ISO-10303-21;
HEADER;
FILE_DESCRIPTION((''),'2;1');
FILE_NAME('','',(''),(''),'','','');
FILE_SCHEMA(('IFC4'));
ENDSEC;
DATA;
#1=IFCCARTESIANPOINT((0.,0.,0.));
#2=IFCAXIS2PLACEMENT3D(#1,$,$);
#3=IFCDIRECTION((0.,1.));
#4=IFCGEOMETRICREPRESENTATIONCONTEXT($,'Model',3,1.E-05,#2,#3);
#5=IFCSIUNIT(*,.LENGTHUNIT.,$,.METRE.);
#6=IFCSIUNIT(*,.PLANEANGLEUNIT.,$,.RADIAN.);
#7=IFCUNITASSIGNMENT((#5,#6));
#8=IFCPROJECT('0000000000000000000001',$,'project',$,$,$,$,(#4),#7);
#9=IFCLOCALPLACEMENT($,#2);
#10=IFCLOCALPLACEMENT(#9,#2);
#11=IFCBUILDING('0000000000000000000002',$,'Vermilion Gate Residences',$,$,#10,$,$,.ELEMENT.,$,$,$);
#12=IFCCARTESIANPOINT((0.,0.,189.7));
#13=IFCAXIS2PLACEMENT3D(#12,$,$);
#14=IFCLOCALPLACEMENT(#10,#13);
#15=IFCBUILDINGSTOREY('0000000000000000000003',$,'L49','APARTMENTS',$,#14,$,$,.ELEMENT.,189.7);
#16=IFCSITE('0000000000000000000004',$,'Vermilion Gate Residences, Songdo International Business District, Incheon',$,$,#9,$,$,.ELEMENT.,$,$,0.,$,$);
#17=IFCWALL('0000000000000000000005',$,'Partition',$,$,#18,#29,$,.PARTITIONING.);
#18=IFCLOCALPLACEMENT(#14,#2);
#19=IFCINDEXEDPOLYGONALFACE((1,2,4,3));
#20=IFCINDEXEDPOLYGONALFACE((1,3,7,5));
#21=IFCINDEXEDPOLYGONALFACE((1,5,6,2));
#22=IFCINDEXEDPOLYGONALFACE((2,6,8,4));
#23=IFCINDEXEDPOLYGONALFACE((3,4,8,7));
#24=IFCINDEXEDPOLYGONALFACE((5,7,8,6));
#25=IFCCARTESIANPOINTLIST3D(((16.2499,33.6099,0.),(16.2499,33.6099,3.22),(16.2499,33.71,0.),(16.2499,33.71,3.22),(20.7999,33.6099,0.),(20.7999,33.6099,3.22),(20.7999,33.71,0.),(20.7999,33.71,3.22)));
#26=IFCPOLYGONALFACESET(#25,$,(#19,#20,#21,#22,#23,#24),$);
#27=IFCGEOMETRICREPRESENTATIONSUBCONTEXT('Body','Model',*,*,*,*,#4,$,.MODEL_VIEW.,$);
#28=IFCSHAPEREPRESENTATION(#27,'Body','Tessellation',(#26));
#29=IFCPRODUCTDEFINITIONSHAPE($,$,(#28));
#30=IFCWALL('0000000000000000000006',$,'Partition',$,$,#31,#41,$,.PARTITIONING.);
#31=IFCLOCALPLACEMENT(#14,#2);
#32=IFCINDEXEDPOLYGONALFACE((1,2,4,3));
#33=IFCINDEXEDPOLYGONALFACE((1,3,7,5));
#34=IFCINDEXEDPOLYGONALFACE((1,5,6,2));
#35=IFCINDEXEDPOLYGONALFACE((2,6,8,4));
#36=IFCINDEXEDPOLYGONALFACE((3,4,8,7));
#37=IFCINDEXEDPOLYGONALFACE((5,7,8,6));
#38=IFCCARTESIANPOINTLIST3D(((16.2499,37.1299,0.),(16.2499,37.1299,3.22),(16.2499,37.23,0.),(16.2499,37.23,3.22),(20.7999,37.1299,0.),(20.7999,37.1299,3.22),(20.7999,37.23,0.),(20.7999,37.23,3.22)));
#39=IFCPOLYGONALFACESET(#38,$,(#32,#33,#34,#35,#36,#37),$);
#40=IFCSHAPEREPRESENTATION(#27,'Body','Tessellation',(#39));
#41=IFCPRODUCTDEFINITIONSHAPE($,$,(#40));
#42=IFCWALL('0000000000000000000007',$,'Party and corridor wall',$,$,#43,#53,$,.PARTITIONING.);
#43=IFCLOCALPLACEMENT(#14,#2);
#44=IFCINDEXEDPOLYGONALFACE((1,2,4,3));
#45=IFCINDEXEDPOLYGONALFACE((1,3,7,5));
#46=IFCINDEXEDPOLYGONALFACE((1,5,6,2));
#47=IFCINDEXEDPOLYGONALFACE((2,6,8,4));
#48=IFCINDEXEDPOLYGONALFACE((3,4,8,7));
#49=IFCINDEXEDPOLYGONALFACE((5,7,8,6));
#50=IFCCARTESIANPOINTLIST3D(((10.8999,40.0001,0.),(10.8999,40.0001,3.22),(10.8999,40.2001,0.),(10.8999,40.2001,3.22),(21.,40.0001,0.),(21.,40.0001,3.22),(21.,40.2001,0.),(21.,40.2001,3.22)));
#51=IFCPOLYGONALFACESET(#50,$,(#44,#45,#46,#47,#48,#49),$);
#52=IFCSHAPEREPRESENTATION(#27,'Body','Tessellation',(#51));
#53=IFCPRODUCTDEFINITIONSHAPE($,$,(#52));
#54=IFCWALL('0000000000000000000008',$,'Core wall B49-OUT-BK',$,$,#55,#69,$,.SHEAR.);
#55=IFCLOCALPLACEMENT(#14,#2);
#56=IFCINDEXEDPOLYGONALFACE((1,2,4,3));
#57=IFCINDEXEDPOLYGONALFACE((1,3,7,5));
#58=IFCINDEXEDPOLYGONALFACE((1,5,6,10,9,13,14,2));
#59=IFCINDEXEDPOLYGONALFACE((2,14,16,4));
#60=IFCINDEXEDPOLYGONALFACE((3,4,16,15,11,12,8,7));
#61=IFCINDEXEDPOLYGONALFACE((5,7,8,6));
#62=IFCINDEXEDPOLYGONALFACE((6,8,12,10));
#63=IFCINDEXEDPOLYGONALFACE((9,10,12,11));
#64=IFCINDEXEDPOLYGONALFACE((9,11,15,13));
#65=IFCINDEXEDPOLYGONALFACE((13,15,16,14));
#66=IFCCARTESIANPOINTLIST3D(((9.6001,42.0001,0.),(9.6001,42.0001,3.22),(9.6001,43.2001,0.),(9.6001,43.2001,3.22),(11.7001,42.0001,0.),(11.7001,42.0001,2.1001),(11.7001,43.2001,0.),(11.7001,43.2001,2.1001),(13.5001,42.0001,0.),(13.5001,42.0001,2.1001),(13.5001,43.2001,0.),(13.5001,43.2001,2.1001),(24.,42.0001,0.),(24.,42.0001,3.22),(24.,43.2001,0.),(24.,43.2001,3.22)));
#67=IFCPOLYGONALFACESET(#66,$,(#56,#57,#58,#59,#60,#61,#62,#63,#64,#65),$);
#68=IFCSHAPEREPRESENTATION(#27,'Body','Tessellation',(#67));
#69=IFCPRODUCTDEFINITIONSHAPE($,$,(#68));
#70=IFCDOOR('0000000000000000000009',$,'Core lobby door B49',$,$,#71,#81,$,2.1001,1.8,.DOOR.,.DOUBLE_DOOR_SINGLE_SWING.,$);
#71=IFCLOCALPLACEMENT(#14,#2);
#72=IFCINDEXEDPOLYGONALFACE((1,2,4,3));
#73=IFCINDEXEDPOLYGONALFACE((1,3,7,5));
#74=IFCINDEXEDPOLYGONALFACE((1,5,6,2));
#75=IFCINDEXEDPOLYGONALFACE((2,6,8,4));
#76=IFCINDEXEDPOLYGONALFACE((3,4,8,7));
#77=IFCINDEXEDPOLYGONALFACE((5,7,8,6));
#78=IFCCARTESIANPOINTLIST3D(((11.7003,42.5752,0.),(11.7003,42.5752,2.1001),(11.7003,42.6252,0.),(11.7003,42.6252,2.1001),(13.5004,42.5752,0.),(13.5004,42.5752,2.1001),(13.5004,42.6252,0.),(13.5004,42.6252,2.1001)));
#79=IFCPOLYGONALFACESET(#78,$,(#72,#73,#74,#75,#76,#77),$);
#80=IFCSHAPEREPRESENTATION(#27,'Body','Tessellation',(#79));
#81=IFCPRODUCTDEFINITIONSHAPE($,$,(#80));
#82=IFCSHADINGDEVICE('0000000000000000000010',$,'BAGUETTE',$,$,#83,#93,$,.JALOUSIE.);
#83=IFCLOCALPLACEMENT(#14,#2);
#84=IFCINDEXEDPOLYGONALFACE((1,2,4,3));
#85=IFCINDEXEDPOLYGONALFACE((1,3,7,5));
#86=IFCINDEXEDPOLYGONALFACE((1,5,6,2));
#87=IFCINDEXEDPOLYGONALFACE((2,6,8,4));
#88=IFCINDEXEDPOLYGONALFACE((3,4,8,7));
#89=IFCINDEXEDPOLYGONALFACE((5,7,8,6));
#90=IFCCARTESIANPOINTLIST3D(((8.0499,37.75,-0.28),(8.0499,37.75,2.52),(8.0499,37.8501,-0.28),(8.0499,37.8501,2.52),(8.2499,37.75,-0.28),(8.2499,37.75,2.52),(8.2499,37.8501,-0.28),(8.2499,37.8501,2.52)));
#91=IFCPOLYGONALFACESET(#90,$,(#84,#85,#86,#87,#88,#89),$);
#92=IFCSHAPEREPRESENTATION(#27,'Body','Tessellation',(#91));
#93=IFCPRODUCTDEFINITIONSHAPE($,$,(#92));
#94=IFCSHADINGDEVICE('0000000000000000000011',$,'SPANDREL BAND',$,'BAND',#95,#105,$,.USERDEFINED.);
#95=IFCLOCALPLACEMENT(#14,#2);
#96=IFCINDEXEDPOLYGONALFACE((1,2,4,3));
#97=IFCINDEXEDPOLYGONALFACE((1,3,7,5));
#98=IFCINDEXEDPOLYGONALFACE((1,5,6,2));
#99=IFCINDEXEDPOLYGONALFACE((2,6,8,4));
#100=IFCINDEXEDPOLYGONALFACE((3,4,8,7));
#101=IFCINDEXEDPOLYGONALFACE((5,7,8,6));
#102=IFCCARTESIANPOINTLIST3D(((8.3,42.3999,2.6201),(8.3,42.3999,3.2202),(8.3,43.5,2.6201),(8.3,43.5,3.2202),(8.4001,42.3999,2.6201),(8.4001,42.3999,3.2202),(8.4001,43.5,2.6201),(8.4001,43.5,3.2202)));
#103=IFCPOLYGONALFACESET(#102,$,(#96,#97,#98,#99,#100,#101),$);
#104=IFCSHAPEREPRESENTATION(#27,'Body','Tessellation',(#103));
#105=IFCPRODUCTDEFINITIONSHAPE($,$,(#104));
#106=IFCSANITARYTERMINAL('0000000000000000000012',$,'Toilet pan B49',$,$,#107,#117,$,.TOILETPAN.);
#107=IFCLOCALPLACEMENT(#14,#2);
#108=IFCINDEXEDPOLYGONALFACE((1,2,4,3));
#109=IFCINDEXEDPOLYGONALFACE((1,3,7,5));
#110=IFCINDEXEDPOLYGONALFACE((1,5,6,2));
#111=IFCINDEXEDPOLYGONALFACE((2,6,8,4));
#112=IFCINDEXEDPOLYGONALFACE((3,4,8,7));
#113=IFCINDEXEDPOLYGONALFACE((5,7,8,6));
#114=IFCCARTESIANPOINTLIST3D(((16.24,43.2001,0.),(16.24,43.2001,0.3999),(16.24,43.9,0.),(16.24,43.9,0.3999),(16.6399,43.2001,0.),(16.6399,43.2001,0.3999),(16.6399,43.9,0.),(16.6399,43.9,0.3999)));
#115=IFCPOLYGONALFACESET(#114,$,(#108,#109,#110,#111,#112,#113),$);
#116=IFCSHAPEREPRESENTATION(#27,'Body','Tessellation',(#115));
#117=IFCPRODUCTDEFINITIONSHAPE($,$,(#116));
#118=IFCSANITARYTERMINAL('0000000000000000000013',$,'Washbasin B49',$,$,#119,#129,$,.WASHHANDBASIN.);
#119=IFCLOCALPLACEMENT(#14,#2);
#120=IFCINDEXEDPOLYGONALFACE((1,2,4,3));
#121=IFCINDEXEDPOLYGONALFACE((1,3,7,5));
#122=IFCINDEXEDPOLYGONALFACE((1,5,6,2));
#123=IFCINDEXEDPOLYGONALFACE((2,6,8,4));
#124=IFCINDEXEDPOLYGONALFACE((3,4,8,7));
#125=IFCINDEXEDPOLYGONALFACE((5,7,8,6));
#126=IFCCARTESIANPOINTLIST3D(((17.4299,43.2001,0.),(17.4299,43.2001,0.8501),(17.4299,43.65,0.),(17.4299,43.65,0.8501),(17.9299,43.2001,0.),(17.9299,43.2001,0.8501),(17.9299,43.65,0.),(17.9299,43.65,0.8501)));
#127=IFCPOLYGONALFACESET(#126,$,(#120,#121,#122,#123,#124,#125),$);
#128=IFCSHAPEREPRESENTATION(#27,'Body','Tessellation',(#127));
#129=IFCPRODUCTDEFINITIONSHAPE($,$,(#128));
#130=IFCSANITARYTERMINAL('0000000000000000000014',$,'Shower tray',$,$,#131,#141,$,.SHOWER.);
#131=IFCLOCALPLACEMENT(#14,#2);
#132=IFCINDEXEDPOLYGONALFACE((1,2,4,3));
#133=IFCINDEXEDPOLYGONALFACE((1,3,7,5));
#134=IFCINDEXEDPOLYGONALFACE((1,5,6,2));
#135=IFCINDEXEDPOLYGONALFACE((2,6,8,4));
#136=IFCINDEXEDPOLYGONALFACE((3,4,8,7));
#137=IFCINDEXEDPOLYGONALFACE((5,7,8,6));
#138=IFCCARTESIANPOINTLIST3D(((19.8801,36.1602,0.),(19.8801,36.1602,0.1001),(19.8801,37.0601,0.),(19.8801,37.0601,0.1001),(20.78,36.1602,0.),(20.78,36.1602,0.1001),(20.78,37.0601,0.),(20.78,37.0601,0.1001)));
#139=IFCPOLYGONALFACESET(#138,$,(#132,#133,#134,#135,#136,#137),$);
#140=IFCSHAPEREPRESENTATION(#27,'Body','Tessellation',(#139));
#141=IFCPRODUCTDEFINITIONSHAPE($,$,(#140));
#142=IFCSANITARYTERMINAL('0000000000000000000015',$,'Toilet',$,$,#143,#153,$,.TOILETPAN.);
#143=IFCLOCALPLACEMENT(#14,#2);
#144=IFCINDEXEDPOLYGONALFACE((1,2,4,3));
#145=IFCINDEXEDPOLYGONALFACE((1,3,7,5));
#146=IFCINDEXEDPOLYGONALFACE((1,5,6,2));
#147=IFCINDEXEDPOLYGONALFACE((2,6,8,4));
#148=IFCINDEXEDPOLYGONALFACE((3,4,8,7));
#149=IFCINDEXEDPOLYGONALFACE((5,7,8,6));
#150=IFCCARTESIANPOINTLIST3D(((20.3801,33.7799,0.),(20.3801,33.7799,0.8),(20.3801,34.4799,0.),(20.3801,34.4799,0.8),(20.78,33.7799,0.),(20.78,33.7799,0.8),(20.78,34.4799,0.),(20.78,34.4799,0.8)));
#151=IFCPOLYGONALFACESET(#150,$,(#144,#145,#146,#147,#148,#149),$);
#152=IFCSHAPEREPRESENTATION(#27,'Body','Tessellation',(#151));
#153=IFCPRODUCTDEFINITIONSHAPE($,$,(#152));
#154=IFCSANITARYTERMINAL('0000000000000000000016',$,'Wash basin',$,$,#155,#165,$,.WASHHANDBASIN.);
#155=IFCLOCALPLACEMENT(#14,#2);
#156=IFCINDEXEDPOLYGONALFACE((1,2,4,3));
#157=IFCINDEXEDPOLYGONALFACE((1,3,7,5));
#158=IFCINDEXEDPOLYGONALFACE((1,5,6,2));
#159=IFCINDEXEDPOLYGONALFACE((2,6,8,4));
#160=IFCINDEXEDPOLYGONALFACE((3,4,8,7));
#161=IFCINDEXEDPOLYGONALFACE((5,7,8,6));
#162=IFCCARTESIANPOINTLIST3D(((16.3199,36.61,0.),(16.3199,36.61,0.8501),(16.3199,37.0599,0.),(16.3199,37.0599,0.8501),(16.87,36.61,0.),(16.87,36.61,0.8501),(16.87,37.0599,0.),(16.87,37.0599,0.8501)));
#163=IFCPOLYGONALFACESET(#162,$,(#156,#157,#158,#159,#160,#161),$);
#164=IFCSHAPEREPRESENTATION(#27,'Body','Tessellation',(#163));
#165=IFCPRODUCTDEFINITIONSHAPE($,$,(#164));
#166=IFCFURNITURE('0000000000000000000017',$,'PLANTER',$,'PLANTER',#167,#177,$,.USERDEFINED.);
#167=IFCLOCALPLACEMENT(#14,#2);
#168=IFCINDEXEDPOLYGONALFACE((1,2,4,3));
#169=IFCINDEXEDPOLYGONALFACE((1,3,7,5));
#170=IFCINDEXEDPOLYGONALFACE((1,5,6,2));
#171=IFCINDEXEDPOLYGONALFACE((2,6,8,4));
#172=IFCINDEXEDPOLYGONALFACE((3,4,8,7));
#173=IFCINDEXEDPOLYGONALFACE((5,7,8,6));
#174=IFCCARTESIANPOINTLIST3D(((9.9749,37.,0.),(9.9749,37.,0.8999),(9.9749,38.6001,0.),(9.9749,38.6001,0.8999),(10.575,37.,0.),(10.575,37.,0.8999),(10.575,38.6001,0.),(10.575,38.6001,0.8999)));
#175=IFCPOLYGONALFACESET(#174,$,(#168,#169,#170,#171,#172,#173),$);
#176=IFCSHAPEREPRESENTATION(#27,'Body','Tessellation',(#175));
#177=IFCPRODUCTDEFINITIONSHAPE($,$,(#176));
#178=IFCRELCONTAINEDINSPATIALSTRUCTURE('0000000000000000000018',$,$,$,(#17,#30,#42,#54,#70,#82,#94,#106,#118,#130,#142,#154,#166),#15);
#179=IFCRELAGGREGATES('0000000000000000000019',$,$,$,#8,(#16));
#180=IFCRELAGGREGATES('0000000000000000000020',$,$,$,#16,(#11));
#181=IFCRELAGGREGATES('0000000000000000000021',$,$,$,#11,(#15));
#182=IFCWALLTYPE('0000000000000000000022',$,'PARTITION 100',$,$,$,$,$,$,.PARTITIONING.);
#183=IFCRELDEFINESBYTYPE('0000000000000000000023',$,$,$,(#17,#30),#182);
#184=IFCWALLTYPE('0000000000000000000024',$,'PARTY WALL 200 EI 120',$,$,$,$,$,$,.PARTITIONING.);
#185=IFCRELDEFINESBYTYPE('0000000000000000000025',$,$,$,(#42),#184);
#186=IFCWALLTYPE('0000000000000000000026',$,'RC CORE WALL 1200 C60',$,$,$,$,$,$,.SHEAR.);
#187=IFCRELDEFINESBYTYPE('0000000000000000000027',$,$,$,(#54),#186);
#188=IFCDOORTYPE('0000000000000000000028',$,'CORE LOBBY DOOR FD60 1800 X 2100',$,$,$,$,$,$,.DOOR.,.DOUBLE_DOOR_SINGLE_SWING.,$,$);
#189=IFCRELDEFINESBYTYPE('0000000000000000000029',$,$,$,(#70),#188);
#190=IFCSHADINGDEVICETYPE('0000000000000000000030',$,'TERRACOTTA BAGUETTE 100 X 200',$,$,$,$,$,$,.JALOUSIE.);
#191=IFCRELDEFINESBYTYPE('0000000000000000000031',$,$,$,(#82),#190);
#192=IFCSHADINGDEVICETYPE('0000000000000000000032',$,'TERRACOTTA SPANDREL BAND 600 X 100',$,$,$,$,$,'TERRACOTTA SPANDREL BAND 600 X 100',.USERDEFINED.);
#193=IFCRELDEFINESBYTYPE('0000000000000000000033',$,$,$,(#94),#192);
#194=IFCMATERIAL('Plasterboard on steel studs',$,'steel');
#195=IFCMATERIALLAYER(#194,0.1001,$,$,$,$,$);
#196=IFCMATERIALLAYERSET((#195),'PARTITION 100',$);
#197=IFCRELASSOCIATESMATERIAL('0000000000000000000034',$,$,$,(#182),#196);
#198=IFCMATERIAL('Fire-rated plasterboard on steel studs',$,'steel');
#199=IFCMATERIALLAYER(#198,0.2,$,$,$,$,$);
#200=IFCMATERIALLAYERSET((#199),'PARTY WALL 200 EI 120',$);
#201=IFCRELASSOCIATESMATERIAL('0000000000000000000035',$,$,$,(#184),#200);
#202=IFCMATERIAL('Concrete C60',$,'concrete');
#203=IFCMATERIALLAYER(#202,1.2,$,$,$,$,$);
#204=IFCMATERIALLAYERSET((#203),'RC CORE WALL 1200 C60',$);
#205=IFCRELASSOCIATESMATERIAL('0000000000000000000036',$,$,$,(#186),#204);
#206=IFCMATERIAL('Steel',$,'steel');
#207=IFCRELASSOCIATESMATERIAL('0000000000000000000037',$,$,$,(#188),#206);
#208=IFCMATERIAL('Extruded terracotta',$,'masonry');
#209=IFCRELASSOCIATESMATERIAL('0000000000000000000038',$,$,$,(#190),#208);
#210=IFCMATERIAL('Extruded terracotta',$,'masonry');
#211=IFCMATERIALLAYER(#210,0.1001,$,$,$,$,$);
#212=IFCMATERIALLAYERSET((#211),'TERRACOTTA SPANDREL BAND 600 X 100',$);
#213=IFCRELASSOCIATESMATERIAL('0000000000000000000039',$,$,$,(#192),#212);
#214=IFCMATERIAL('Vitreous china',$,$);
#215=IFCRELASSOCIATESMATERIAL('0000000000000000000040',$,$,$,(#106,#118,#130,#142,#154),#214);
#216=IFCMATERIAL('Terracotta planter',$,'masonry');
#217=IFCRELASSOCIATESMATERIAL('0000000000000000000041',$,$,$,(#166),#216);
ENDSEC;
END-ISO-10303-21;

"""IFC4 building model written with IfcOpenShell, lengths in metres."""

from ifc_helpers import new_model, si_unit, direction, frame, frame_2d, origin, origin_2d, place, context, subcontext, project, spatial, rectangle, extrude, material, layer, layer_set, material_profile, profile_set, type_object, element, fill, save


model = new_model("IFC4")

# Units and contexts
model_context = context("Model", 3, precision=1e-05, world=origin(), true_north=direction((0.0, 1.0)))
body_context = subcontext(model_context, "Body", "Model", "MODEL_VIEW")
ifc_project = project(units=[si_unit("LENGTHUNIT", "METRE"), si_unit("PLANEANGLEUNIT", "RADIAN")], contexts=[model_context])

# Site, building, storey
site_placement = place(None, origin())
site = spatial("IfcSite", under=ifc_project, at=site_placement, Name="Vermilion Gate Residences, Songdo International Business District, Incheon", CompositionType="ELEMENT", RefElevation=0.0)
building_placement = place(site_placement, origin())
building = spatial("IfcBuilding", under=site, at=building_placement, Name="Vermilion Gate Residences", CompositionType="ELEMENT")
storey_placement = place(building_placement, frame((0.0, 0.0, 189.7)))
storey = spatial("IfcBuildingStorey", under=building, at=storey_placement, Name="L49", Description="APARTMENTS", CompositionType="ELEMENT", Elevation=189.7)

# Walls
ifc_material_1 = material(Name="Plasterboard on steel studs", Category="steel")
ifc_layer_1 = layer(ifc_material_1, 0.1001)
ifc_layer_set_1 = layer_set([ifc_layer_1], Name="PARTITION 100")
wall_type_1 = type_object("IfcWallType", Name="PARTITION 100", PredefinedType="PARTITIONING", material=ifc_layer_set_1)
for number, where, z_axis, x_axis, name in (
    (1, (16.25, 33.6599, 0.0), (0.0, 0.0, 1.0), (1.0, 0.0, 0.0), "Partition"),
    (2, (16.25, 37.1799, 0.0), (0.0, 0.0, 1.0), (1.0, 0.0, 0.0), "Partition"),
):
    element("IfcWall", number, at=place(storey_placement, frame(where, z_axis=z_axis, x_axis=x_axis)), inside=storey, type_object=wall_type_1, Name=name, PredefinedType="PARTITIONING", context=body_context, shape_type="SweptSolid", body=[
        extrude(rectangle(XDim=4.55, YDim=0.1001, at=frame_2d((2.2749, 0.0))), origin(), (0.0, 0.0, 1.0), 3.22),
    ])
ifc_material_2 = material(Name="Fire-rated plasterboard on steel studs", Category="steel")
ifc_layer_2 = layer(ifc_material_2, 0.2)
ifc_layer_set_2 = layer_set([ifc_layer_2], Name="PARTY WALL 200 EI 120")
wall_type_2 = type_object("IfcWallType", Name="PARTY WALL 200 EI 120", PredefinedType="PARTITIONING", material=ifc_layer_set_2)
wall_1_placement = place(storey_placement, frame((10.8999, 40.1001, 0.0), z_axis=(0.0, 0.0, 1.0), x_axis=(1.0, 0.0, 0.0)))
element("IfcWall", 3, at=wall_1_placement, inside=storey, type_object=wall_type_2, Name="Party and corridor wall", PredefinedType="PARTITIONING", context=body_context, shape_type="SweptSolid", body=[
    extrude(rectangle(XDim=10.1001, YDim=0.2, at=frame_2d((5.05, 0.0))), origin(), (0.0, 0.0, 1.0), 3.22),
])

# Wall, opening, door
ifc_material_3 = material(Name="Concrete C60", Category="concrete")
ifc_layer_3 = layer(ifc_material_3, 1.2)
ifc_layer_set_3 = layer_set([ifc_layer_3], Name="RC CORE WALL 1200 C60")
wall_type_3 = type_object("IfcWallType", Name="RC CORE WALL 1200 C60", PredefinedType="SHEAR", material=ifc_layer_set_3)
wall_2_placement = place(storey_placement, frame((9.6001, 42.6001, 0.0), z_axis=(0.0, 0.0, 1.0), x_axis=(1.0, 0.0, 0.0)))
wall_2 = element("IfcWall", 4, at=wall_2_placement, inside=storey, type_object=wall_type_3, Name="Core wall B49-OUT-BK", PredefinedType="SHEAR", context=body_context, shape_type="SweptSolid", body=[
    extrude(rectangle(XDim=14.3999, YDim=1.2, at=frame_2d((7.2, 0.0))), origin(), (0.0, 0.0, 1.0), 3.22),
])
opening_1_placement = place(wall_2_placement, frame((2.1001, 0.0, 0.0)))
opening_1 = element("IfcOpeningElement", 5, at=opening_1_placement, cuts=wall_2, PredefinedType="OPENING", context=body_context, shape_type="SweptSolid", body=[
    extrude(rectangle(XDim=1.8, YDim=2.1001, at=frame_2d((0.8999, 1.05))), frame((0.0, 0.6099, 0.0), z_axis=(0.0, -1.0, 0.0), x_axis=(1.0, 0.0, 0.0)), (0.0, 0.0, 1.0), 1.22),
])
ifc_material_4 = material(Name="Steel", Category="steel")
door_type_1 = type_object("IfcDoorType", Name="CORE LOBBY DOOR FD60 1800 X 2100", OperationType="DOUBLE_DOOR_SINGLE_SWING", PredefinedType="DOOR", material=ifc_material_4)
door_1_placement = place(opening_1_placement, frame((1.8, 0.0, 0.0), z_axis=(0.0, 0.0, 1.0), x_axis=(-1.0, 0.0, 0.0)))
door_1 = element("IfcDoor", 6, at=door_1_placement, inside=storey, type_object=door_type_1, Name="Core lobby door B49", OperationType="DOUBLE_DOOR_SINGLE_SWING", OverallHeight=2.1001, OverallWidth=1.8, PredefinedType="DOOR", context=body_context, shape_type="SweptSolid", body=[
    extrude(rectangle(XDim=1.8, YDim=2.1001, at=frame_2d((0.8999, 1.05))), frame((0.0, 0.0249, 0.0), z_axis=(0.0, -1.0, 0.0), x_axis=(1.0, 0.0, 0.0)), (0.0, 0.0, 1.0), 0.05),
])
fill(opening_1, door_1)

# Shading devices
ifc_material_5 = material(Name="Extruded terracotta", Category="masonry")
ifc_material_profile_1 = material_profile(ifc_material_5, rectangle(XDim=0.2, YDim=0.1001, at=origin_2d()), Name="BAGUETTE 100 X 200")
ifc_profile_set_1 = profile_set([ifc_material_profile_1], Name="Extruded terracotta")
shading_device_type_1 = type_object("IfcShadingDeviceType", Name="TERRACOTTA BAGUETTE 100 X 200", PredefinedType="JALOUSIE", material=ifc_profile_set_1)
shading_device_1_placement = place(storey_placement, frame((8.1499, 37.8, -0.28), z_axis=(0.0, 0.0, 1.0), x_axis=(1.0, 0.0, 0.0)))
element("IfcShadingDevice", 7, at=shading_device_1_placement, inside=storey, type_object=shading_device_type_1, Name="BAGUETTE", PredefinedType="JALOUSIE", context=body_context, shape_type="SweptSolid", body=[
    extrude(rectangle(XDim=0.2, YDim=0.1001, at=origin_2d()), origin(), (0.0, 0.0, 1.0), 2.8),
])
ifc_material_6 = material(Name="Extruded terracotta", Category="masonry")
ifc_layer_4 = layer(ifc_material_6, 0.1001)
ifc_layer_set_4 = layer_set([ifc_layer_4], Name="TERRACOTTA SPANDREL BAND 600 X 100")
shading_device_type_2 = type_object("IfcShadingDeviceType", Name="TERRACOTTA SPANDREL BAND 600 X 100", ElementType="TERRACOTTA SPANDREL BAND 600 X 100", PredefinedType="USERDEFINED", material=ifc_layer_set_4)
shading_device_2_placement = place(storey_placement, frame((8.3501, 42.95, 2.6201), z_axis=(0.0, 0.0, 1.0), x_axis=(0.0, 1.0, 0.0)))
element("IfcShadingDevice", 8, at=shading_device_2_placement, inside=storey, type_object=shading_device_type_2, Name="SPANDREL BAND", ObjectType="BAND", PredefinedType="USERDEFINED", context=body_context, shape_type="SweptSolid", body=[
    extrude(rectangle(XDim=1.1001, YDim=0.1001, at=origin_2d()), origin(), (0.0, 0.0, 1.0), 0.6001),
])

# Sanitary terminals
ifc_material_7 = material(Name="Vitreous china")
sanitary_terminal_1_placement = place(storey_placement, frame((16.4399, 43.55, 0.0), z_axis=(0.0, 0.0, 1.0), x_axis=(1.0, 0.0, 0.0)))
element("IfcSanitaryTerminal", 9, at=sanitary_terminal_1_placement, inside=storey, material=ifc_material_7, Name="Toilet pan B49", PredefinedType="TOILETPAN", context=body_context, shape_type="SweptSolid", body=[
    extrude(rectangle(XDim=0.3999, YDim=0.7, at=origin_2d()), origin(), (0.0, 0.0, 1.0), 0.3999),
])
sanitary_terminal_2_placement = place(storey_placement, frame((17.6799, 43.425, 0.0), z_axis=(0.0, 0.0, 1.0), x_axis=(1.0, 0.0, 0.0)))
element("IfcSanitaryTerminal", 10, at=sanitary_terminal_2_placement, inside=storey, material=ifc_material_7, Name="Washbasin B49", PredefinedType="WASHHANDBASIN", context=body_context, shape_type="SweptSolid", body=[
    extrude(rectangle(XDim=0.5, YDim=0.45, at=origin_2d()), origin(), (0.0, 0.0, 1.0), 0.8501),
])
sanitary_terminal_3_placement = place(storey_placement, frame((20.3301, 36.6101, 0.0), z_axis=(0.0, 0.0, 1.0), x_axis=(1.0, 0.0, 0.0)))
element("IfcSanitaryTerminal", 11, at=sanitary_terminal_3_placement, inside=storey, material=ifc_material_7, Name="Shower tray", PredefinedType="SHOWER", context=body_context, shape_type="SweptSolid", body=[
    extrude(rectangle(XDim=0.8999, YDim=0.8999, at=origin_2d()), origin(), (0.0, 0.0, 1.0), 0.1001),
])
sanitary_terminal_4_placement = place(storey_placement, frame((20.5801, 34.1299, 0.0), z_axis=(0.0, 0.0, 1.0), x_axis=(1.0, 0.0, 0.0)))
element("IfcSanitaryTerminal", 12, at=sanitary_terminal_4_placement, inside=storey, material=ifc_material_7, Name="Toilet", PredefinedType="TOILETPAN", context=body_context, shape_type="SweptSolid", body=[
    extrude(rectangle(XDim=0.3999, YDim=0.7, at=origin_2d()), origin(), (0.0, 0.0, 1.0), 0.8),
])
sanitary_terminal_5_placement = place(storey_placement, frame((16.595, 36.835, 0.0), z_axis=(0.0, 0.0, 1.0), x_axis=(1.0, 0.0, 0.0)))
element("IfcSanitaryTerminal", 13, at=sanitary_terminal_5_placement, inside=storey, material=ifc_material_7, Name="Wash basin", PredefinedType="WASHHANDBASIN", context=body_context, shape_type="SweptSolid", body=[
    extrude(rectangle(XDim=0.55, YDim=0.45, at=origin_2d()), origin(), (0.0, 0.0, 1.0), 0.8501),
])

# Furniture
ifc_material_8 = material(Name="Terracotta planter", Category="masonry")
furniture_placement = place(storey_placement, frame((10.2749, 37.8, 0.0), z_axis=(0.0, 0.0, 1.0), x_axis=(0.0, -1.0, 0.0)))
element("IfcFurniture", 14, at=furniture_placement, inside=storey, material=ifc_material_8, Name="PLANTER", ObjectType="PLANTER", PredefinedType="USERDEFINED", context=body_context, shape_type="SweptSolid", body=[
    extrude(rectangle(XDim=1.6001, YDim=0.6001, at=origin_2d()), origin(), (0.0, 0.0, 1.0), 0.8999),
])

save(model, "model.ifc")
